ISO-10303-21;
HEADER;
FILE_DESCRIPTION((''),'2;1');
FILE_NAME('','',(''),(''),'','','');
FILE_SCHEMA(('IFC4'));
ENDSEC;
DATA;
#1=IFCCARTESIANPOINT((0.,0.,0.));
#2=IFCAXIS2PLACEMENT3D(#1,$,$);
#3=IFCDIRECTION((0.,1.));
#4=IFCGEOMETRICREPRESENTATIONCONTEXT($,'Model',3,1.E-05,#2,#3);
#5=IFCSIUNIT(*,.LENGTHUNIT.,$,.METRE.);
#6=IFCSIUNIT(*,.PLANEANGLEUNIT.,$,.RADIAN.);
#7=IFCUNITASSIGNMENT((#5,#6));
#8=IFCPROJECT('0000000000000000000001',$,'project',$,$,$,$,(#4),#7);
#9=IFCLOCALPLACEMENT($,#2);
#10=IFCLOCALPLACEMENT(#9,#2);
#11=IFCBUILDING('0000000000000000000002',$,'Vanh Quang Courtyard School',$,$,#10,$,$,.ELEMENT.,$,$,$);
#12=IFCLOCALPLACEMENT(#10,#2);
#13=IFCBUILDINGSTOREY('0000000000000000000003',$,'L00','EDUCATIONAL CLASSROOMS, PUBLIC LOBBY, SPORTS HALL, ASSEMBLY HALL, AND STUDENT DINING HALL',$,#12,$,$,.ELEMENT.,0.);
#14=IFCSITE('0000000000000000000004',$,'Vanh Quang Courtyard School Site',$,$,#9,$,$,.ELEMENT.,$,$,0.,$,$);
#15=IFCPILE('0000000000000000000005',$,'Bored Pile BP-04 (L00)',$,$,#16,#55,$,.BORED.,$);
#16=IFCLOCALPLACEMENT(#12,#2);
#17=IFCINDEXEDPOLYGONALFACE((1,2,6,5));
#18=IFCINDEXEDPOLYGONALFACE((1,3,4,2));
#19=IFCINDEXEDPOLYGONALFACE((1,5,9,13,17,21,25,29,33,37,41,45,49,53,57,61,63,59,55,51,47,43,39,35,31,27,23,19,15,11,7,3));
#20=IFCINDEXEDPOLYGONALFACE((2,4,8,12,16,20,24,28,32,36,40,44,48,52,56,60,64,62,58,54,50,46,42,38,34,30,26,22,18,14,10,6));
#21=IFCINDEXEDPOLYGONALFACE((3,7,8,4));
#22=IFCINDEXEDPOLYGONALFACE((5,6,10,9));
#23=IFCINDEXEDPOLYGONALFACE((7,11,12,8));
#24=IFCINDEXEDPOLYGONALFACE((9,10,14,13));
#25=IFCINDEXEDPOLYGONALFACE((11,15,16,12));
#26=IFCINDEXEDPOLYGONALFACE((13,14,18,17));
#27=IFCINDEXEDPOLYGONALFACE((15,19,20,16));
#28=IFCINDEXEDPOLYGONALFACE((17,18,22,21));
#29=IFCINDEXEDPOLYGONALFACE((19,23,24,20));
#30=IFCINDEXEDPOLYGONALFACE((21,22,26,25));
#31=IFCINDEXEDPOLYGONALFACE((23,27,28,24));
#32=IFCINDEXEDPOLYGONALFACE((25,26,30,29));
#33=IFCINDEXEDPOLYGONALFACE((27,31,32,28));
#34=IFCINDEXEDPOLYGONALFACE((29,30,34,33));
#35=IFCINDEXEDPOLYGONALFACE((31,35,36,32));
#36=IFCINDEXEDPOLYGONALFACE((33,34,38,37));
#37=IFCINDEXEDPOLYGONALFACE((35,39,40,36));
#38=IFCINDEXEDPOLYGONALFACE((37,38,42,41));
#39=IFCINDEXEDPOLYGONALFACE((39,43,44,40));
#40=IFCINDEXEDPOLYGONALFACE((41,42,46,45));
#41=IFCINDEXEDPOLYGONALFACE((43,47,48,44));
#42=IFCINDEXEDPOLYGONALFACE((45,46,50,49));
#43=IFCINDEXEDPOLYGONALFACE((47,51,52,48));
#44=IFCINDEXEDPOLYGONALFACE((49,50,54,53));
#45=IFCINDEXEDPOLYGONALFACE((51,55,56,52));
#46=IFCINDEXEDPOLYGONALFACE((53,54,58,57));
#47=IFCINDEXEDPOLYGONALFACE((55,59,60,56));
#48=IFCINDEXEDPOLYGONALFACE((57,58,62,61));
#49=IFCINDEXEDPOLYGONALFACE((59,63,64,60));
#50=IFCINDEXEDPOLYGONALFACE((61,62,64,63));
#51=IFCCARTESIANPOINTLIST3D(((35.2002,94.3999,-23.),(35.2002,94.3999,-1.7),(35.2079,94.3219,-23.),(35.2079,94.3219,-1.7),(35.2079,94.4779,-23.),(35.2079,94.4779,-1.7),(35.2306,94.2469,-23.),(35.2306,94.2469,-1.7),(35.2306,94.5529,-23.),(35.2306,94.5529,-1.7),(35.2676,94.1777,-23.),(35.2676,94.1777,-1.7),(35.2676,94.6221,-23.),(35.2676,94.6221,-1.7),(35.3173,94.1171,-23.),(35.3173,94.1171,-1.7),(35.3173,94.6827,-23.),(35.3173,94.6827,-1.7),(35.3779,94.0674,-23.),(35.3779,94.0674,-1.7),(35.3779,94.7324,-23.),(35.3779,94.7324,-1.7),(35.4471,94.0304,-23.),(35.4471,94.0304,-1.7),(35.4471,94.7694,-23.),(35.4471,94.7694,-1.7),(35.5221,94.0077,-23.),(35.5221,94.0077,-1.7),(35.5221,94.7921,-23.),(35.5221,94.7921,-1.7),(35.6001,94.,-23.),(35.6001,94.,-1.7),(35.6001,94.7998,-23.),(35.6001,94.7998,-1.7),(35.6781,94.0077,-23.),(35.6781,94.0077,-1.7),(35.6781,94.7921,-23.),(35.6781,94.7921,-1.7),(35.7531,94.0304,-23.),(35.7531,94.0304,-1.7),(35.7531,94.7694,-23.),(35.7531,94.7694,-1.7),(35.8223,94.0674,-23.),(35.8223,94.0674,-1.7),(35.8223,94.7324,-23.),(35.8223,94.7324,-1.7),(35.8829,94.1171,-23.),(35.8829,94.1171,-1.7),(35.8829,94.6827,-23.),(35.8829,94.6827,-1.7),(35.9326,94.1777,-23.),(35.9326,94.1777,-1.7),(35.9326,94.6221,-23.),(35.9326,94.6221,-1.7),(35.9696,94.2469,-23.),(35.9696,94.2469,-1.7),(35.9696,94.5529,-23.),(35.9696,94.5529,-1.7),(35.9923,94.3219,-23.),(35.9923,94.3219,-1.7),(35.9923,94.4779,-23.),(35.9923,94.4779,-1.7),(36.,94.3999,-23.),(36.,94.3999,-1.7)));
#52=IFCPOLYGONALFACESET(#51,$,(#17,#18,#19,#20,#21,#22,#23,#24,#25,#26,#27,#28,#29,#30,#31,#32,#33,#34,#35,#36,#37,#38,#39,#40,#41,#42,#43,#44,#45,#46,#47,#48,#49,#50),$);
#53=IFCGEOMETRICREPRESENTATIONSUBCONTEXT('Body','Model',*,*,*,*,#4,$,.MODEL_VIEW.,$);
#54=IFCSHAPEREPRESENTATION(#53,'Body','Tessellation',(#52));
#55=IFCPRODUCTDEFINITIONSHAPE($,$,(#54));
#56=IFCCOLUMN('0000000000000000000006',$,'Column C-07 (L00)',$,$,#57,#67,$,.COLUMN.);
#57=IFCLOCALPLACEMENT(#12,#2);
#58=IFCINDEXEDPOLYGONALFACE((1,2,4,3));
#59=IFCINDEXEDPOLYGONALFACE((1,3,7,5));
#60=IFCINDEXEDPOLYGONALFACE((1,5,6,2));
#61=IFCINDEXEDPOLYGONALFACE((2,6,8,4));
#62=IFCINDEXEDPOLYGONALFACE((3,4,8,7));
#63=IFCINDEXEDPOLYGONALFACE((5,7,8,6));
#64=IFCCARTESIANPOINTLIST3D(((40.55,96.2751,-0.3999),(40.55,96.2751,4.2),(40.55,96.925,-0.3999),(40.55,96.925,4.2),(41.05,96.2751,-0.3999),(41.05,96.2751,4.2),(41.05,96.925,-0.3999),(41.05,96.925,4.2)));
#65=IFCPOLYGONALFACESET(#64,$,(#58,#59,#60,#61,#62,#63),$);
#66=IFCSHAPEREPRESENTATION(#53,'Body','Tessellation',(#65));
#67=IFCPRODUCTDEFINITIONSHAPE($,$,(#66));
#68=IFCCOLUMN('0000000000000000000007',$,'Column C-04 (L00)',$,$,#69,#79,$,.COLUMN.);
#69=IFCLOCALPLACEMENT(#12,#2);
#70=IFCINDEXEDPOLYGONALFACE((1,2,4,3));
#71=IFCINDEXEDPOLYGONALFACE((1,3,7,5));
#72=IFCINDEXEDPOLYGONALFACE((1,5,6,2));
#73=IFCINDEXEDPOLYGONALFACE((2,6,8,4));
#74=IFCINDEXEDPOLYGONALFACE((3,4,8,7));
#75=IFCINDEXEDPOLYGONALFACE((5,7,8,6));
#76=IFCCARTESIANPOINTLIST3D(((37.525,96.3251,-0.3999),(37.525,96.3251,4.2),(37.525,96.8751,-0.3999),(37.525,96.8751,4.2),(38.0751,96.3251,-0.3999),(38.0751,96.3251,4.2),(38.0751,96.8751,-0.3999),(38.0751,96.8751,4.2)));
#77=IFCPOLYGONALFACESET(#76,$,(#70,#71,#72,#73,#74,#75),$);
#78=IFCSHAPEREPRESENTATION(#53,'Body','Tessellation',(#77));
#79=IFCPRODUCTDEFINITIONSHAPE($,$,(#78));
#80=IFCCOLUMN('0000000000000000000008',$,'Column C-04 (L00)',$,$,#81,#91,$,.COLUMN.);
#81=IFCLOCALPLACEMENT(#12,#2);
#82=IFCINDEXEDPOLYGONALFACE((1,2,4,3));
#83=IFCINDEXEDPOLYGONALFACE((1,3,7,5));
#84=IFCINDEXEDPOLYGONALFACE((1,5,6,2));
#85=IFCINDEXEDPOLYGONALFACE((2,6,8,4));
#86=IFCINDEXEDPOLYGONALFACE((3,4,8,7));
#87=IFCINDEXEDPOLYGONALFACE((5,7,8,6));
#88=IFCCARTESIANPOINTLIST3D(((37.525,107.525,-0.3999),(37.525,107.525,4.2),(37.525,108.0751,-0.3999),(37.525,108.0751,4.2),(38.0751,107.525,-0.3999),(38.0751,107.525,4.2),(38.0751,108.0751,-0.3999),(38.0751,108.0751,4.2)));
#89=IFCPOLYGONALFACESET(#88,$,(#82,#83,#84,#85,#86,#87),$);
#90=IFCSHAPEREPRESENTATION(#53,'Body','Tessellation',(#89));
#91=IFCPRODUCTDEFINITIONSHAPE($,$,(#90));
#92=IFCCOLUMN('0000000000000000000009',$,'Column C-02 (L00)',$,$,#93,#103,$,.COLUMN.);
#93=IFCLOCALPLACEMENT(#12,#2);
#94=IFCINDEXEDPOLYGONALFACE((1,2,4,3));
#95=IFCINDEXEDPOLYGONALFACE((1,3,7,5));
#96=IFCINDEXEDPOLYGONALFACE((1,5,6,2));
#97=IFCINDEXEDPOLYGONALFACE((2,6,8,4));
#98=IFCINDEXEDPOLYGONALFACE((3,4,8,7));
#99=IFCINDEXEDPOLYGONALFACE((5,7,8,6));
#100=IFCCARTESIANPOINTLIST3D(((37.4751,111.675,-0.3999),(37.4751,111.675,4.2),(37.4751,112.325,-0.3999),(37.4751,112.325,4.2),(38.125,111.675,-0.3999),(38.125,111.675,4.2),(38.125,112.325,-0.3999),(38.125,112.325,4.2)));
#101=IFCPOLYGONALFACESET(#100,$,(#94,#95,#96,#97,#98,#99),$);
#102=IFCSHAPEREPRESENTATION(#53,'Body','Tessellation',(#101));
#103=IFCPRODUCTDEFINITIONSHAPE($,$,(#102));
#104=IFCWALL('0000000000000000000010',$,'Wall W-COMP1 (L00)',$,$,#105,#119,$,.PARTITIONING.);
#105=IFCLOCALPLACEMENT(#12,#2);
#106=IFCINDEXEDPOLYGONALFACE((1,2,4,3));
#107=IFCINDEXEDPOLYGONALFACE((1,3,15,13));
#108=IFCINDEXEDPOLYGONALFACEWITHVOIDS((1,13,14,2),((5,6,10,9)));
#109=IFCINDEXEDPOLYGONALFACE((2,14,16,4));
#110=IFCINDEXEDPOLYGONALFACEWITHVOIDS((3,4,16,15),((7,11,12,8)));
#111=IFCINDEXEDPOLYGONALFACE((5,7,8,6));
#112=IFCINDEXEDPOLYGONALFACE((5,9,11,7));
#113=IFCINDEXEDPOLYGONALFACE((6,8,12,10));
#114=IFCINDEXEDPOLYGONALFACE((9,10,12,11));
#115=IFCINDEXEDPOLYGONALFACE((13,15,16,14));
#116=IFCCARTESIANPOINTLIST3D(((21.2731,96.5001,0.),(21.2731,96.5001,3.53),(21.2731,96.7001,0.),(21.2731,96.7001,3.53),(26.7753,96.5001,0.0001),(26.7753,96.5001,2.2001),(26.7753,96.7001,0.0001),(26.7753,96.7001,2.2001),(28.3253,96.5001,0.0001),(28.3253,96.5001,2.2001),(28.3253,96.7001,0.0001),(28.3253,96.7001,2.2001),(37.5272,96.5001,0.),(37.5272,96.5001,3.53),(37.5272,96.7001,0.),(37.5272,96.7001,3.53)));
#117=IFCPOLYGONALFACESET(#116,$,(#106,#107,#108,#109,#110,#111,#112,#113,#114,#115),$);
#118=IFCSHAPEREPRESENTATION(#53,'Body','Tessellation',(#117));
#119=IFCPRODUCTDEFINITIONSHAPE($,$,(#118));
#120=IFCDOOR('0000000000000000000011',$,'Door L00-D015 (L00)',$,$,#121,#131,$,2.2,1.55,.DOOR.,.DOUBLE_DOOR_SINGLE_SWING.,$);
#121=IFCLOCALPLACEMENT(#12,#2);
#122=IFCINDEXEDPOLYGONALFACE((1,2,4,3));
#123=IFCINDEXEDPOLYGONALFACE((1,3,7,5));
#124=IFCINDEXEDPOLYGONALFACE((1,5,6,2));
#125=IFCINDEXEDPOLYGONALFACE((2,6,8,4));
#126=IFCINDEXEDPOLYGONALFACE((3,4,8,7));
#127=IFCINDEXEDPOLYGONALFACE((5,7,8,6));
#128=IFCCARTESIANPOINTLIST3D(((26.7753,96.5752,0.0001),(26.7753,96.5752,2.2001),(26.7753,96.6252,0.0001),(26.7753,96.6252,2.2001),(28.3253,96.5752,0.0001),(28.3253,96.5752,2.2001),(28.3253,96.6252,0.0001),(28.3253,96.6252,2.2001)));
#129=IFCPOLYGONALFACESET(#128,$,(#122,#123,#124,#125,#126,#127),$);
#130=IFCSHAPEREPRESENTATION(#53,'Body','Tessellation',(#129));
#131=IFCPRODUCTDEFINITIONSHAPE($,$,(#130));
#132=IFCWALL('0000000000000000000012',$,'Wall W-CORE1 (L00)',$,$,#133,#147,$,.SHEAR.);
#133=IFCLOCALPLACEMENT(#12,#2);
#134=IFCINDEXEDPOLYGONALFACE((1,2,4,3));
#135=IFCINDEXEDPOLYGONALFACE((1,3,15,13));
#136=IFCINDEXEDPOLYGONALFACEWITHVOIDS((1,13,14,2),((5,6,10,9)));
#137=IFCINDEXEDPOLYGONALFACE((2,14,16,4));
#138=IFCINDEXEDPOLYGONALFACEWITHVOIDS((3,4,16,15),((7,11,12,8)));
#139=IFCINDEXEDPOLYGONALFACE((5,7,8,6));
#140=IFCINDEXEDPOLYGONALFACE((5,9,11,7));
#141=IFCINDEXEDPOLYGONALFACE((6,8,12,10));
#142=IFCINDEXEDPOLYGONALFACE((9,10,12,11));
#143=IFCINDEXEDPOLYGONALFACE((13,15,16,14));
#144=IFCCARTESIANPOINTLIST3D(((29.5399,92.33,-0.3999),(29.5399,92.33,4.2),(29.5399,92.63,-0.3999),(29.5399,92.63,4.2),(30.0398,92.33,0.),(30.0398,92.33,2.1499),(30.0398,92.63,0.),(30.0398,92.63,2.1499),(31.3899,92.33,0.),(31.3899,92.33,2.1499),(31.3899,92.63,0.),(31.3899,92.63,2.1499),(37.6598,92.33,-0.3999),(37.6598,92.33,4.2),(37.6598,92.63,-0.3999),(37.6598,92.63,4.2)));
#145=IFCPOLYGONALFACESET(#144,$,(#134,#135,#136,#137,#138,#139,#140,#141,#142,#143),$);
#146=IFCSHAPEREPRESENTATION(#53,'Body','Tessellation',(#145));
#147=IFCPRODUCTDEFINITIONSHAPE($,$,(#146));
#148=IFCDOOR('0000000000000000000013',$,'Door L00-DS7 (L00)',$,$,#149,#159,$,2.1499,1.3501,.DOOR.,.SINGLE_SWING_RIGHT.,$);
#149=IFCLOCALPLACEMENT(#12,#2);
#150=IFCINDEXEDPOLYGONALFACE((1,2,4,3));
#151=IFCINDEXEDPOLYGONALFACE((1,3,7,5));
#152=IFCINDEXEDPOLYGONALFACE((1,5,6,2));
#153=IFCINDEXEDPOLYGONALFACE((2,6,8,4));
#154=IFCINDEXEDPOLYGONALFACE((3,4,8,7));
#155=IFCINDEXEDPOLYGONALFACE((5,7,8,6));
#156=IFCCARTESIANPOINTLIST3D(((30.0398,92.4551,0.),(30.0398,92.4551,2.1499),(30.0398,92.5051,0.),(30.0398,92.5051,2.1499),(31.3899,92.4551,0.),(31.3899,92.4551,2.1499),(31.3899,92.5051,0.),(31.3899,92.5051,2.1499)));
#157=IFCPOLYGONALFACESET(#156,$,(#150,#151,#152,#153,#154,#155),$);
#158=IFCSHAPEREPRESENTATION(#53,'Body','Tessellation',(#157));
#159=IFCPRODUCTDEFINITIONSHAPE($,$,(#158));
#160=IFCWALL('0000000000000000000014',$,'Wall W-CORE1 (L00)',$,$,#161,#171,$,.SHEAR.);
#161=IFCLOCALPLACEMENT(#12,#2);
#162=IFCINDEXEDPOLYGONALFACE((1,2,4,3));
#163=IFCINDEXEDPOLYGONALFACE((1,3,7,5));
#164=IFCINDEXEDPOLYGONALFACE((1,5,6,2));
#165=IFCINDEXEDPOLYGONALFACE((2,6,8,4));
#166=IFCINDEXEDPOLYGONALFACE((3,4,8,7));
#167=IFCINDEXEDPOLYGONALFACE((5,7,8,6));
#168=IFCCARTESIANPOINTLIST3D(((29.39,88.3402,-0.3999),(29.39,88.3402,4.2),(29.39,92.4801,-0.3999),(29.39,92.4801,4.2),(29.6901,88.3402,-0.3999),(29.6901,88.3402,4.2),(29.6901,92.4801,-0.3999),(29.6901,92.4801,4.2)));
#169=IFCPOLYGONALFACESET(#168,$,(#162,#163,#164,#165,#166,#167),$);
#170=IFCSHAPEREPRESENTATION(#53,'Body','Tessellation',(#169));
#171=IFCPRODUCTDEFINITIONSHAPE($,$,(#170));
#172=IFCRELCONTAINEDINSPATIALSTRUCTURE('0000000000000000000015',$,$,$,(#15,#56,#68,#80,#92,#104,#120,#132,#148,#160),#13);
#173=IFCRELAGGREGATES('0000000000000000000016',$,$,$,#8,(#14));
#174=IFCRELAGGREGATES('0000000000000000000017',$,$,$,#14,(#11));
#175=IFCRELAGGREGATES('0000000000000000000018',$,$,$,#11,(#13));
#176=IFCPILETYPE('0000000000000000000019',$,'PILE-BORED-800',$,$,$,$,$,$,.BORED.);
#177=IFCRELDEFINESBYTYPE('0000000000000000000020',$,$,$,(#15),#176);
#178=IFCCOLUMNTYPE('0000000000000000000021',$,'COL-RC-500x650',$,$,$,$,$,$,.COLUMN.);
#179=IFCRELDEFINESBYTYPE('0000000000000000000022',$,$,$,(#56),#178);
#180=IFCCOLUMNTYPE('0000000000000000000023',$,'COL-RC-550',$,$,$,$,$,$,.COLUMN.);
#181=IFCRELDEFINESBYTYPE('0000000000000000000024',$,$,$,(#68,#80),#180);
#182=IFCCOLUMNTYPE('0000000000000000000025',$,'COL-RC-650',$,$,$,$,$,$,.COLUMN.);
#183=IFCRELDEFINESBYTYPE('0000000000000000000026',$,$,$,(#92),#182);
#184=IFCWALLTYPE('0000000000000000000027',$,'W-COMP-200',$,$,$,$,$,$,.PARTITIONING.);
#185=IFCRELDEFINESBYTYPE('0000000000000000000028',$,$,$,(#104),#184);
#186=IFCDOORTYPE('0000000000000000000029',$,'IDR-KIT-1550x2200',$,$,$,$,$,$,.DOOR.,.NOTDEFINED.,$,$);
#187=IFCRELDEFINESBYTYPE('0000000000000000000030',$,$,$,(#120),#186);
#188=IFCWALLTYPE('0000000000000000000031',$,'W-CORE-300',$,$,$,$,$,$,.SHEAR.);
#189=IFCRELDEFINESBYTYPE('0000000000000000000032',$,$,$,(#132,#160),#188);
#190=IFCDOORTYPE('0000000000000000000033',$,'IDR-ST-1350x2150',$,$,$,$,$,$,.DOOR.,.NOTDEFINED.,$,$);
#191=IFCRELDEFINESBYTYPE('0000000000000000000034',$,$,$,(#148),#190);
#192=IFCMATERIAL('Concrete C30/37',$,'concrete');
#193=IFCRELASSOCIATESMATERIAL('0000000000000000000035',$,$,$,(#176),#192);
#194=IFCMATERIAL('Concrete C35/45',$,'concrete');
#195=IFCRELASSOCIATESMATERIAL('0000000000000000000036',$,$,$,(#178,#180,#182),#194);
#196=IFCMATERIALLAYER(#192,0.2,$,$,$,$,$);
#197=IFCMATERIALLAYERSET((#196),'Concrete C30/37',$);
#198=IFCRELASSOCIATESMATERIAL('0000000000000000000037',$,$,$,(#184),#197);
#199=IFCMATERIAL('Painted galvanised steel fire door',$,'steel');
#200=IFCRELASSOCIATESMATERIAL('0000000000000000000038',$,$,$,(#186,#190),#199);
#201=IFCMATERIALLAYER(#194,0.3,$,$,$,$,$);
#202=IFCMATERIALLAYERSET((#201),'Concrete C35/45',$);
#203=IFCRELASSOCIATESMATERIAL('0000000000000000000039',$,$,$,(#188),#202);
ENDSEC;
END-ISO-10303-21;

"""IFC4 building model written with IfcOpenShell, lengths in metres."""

from ifc_helpers import new_model, si_unit, direction, frame, frame_2d, origin, origin_2d, place, context, subcontext, project, spatial, rectangle, circle, extrude, material, layer, layer_set, material_profile, profile_set, type_object, element, fill, save


model = new_model("IFC4")

# Units and contexts
model_context = context("Model", 3, precision=1e-05, world=origin(), true_north=direction((0.0, 1.0)))
body_context = subcontext(model_context, "Body", "Model", "MODEL_VIEW")
ifc_project = project(units=[si_unit("LENGTHUNIT", "METRE"), si_unit("PLANEANGLEUNIT", "RADIAN")], contexts=[model_context])

# Site, building, storey
site_placement = place(None, origin())
site = spatial("IfcSite", under=ifc_project, at=site_placement, Name="Vanh Quang Courtyard School Site", CompositionType="ELEMENT", RefElevation=0.0)
building_placement = place(site_placement, origin())
building = spatial("IfcBuilding", under=site, at=building_placement, Name="Vanh Quang Courtyard School", CompositionType="ELEMENT")
storey_placement = place(building_placement, origin())
storey = spatial("IfcBuildingStorey", under=building, at=storey_placement, Name="L00", Description="EDUCATIONAL CLASSROOMS, PUBLIC LOBBY, SPORTS HALL, ASSEMBLY HALL, AND STUDENT DINING HALL", CompositionType="ELEMENT", Elevation=0.0)

# Shared definitions
ifc_material_1 = material(Name="Concrete C35/45", Category="concrete")

# Pile
ifc_material_2 = material(Name="Concrete C30/37", Category="concrete")
ifc_material_profile_1 = material_profile(ifc_material_2, circle(Radius=0.3999, at=origin_2d()), Name="PILE D800")
ifc_profile_set_1 = profile_set([ifc_material_profile_1], Name="Concrete C30/37")
pile_type_1 = type_object("IfcPileType", Name="PILE-BORED-800", PredefinedType="BORED", material=ifc_profile_set_1)
for number, where, z_axis, x_axis, name in (
    (1, (35.6001, 94.3999, -1.7), (0.0, 0.0, -1.0), (1.0, 0.0, 0.0), "Bored Pile BP-04 (L00)"),
):
    element("IfcPile", number, at=place(storey_placement, frame(where, z_axis=z_axis, x_axis=x_axis)), inside=storey, type_object=pile_type_1, Name=name, PredefinedType="BORED", context=body_context, shape_type="SweptSolid", body=[
        extrude(circle(Radius=0.3999, at=origin_2d()), origin(), (0.0, 0.0, 1.0), 21.3),
    ])

# Columns
ifc_material_profile_2 = material_profile(ifc_material_1, rectangle(XDim=0.5, YDim=0.6499, at=origin_2d()), Name="RC-COL 500x650")
ifc_profile_set_2 = profile_set([ifc_material_profile_2], Name="Concrete C35/45")
column_type_1 = type_object("IfcColumnType", Name="COL-RC-500x650", PredefinedType="COLUMN", material=ifc_profile_set_2)
column_1_placement = place(storey_placement, frame((40.8, 96.6001, -0.3999), z_axis=(0.0, 0.0, 1.0), x_axis=(1.0, 0.0, 0.0)))
element("IfcColumn", 2, at=column_1_placement, inside=storey, type_object=column_type_1, Name="Column C-07 (L00)", PredefinedType="COLUMN", context=body_context, shape_type="SweptSolid", body=[
    extrude(rectangle(XDim=0.5, YDim=0.6499, at=origin_2d()), origin(), (0.0, 0.0, 1.0), 4.5999),
])
ifc_material_profile_3 = material_profile(ifc_material_1, rectangle(XDim=0.55, YDim=0.55, at=origin_2d()), Name="RC-COL 550x550")
ifc_profile_set_3 = profile_set([ifc_material_profile_3], Name="Concrete C35/45")
column_type_2 = type_object("IfcColumnType", Name="COL-RC-550", PredefinedType="COLUMN", material=ifc_profile_set_3)
for number, where, z_axis, x_axis, name in (
    (3, (37.8, 96.6001, -0.3999), (0.0, 0.0, 1.0), (1.0, 0.0, 0.0), "Column C-04 (L00)"),
    (4, (37.8, 107.8, -0.3999), (0.0, 0.0, 1.0), (1.0, 0.0, 0.0), "Column C-04 (L00)"),
):
    element("IfcColumn", number, at=place(storey_placement, frame(where, z_axis=z_axis, x_axis=x_axis)), inside=storey, type_object=column_type_2, Name=name, PredefinedType="COLUMN", context=body_context, shape_type="SweptSolid", body=[
        extrude(rectangle(XDim=0.55, YDim=0.55, at=origin_2d()), origin(), (0.0, 0.0, 1.0), 4.5999),
    ])
ifc_material_profile_4 = material_profile(ifc_material_1, rectangle(XDim=0.6499, YDim=0.6499, at=origin_2d()), Name="RC-COL 650x650")
ifc_profile_set_4 = profile_set([ifc_material_profile_4], Name="Concrete C35/45")
column_type_3 = type_object("IfcColumnType", Name="COL-RC-650", PredefinedType="COLUMN", material=ifc_profile_set_4)
column_2_placement = place(storey_placement, frame((37.8, 112.0, -0.3999), z_axis=(0.0, 0.0, 1.0), x_axis=(1.0, 0.0, 0.0)))
element("IfcColumn", 5, at=column_2_placement, inside=storey, type_object=column_type_3, Name="Column C-02 (L00)", PredefinedType="COLUMN", context=body_context, shape_type="SweptSolid", body=[
    extrude(rectangle(XDim=0.6499, YDim=0.6499, at=origin_2d()), origin(), (0.0, 0.0, 1.0), 4.5999),
])

# Walls, openings, doors
ifc_layer_1 = layer(ifc_material_2, 0.2)
ifc_layer_set_1 = layer_set([ifc_layer_1], Name="Concrete C30/37")
wall_type_1 = type_object("IfcWallType", Name="W-COMP-200", PredefinedType="PARTITIONING", material=ifc_layer_set_1)
wall_1_placement = place(storey_placement, frame((37.5271, 96.6001, 0.0), z_axis=(0.0, 0.0, 1.0), x_axis=(-1.0, 0.0, 0.0)))
wall_1 = element("IfcWall", 6, at=wall_1_placement, inside=storey, type_object=wall_type_1, Name="Wall W-COMP1 (L00)", PredefinedType="PARTITIONING", context=body_context, shape_type="SweptSolid", body=[
    extrude(rectangle(XDim=16.2542, YDim=0.2, at=frame_2d((8.127, 0.0))), origin(), (0.0, 0.0, 1.0), 3.53),
])
opening_1_placement = place(wall_1_placement, frame((9.2019, 0.0, 0.0)))
opening_1 = element("IfcOpeningElement", 7, at=opening_1_placement, cuts=wall_1, PredefinedType="OPENING", context=body_context, shape_type="SweptSolid", body=[
    extrude(rectangle(XDim=1.55, YDim=2.2, at=frame_2d((0.7749, 1.1001))), frame((0.0, 0.1099, 0.0), z_axis=(0.0, -1.0, 0.0), x_axis=(1.0, 0.0, 0.0)), (0.0, 0.0, 1.0), 0.22),
])
ifc_material_3 = material(Name="Painted galvanised steel fire door", Category="steel")
door_type_1 = type_object("IfcDoorType", Name="IDR-KIT-1550x2200", OperationType="NOTDEFINED", PredefinedType="DOOR", material=ifc_material_3)
door_1_placement = place(opening_1_placement, origin())
door_1 = element("IfcDoor", 8, at=door_1_placement, inside=storey, type_object=door_type_1, Name="Door L00-D015 (L00)", OperationType="DOUBLE_DOOR_SINGLE_SWING", OverallHeight=2.2, OverallWidth=1.55, PredefinedType="DOOR", context=body_context, shape_type="SweptSolid", body=[
    extrude(rectangle(XDim=1.55, YDim=2.2, at=frame_2d((0.7749, 1.1001))), frame((0.0, 0.0249, 0.0), z_axis=(0.0, -1.0, 0.0), x_axis=(1.0, 0.0, 0.0)), (0.0, 0.0, 1.0), 0.05),
])
fill(opening_1, door_1)
ifc_layer_2 = layer(ifc_material_1, 0.3)
ifc_layer_set_2 = layer_set([ifc_layer_2], Name="Concrete C35/45")
wall_type_2 = type_object("IfcWallType", Name="W-CORE-300", PredefinedType="SHEAR", material=ifc_layer_set_2)
wall_2_placement = place(storey_placement, frame((37.6599, 92.48, -0.3999), z_axis=(0.0, 0.0, 1.0), x_axis=(-1.0, 0.0, 0.0)))
wall_2 = element("IfcWall", 9, at=wall_2_placement, inside=storey, type_object=wall_type_2, Name="Wall W-CORE1 (L00)", PredefinedType="SHEAR", context=body_context, shape_type="SweptSolid", body=[
    extrude(rectangle(XDim=8.1199, YDim=0.3, at=frame_2d((4.0601, 0.0))), origin(), (0.0, 0.0, 1.0), 4.5999),
])
opening_2_placement = place(wall_2_placement, frame((6.27, 0.0, 0.3999)))
opening_2 = element("IfcOpeningElement", 10, at=opening_2_placement, cuts=wall_2, PredefinedType="OPENING", context=body_context, shape_type="SweptSolid", body=[
    extrude(rectangle(XDim=1.3501, YDim=2.1499, at=frame_2d((0.675, 1.075))), frame((0.0, 0.1602, 0.0), z_axis=(0.0, -1.0, 0.0), x_axis=(1.0, 0.0, 0.0)), (0.0, 0.0, 1.0), 0.3201),
])
door_type_2 = type_object("IfcDoorType", Name="IDR-ST-1350x2150", OperationType="NOTDEFINED", PredefinedType="DOOR", material=ifc_material_3)
door_2_placement = place(opening_2_placement, origin())
door_2 = element("IfcDoor", 11, at=door_2_placement, inside=storey, type_object=door_type_2, Name="Door L00-DS7 (L00)", OperationType="SINGLE_SWING_RIGHT", OverallHeight=2.1499, OverallWidth=1.3501, PredefinedType="DOOR", context=body_context, shape_type="SweptSolid", body=[
    extrude(rectangle(XDim=1.3501, YDim=2.1499, at=frame_2d((0.675, 1.075))), frame((0.0, 0.0249, 0.0), z_axis=(0.0, -1.0, 0.0), x_axis=(1.0, 0.0, 0.0)), (0.0, 0.0, 1.0), 0.05),
])
fill(opening_2, door_2)

# Wall
wall_3_placement = place(storey_placement, frame((29.54, 92.48, -0.3999), z_axis=(0.0, 0.0, 1.0), x_axis=(0.0, -1.0, 0.0)))
element("IfcWall", 12, at=wall_3_placement, inside=storey, type_object=wall_type_2, Name="Wall W-CORE1 (L00)", PredefinedType="SHEAR", context=body_context, shape_type="SweptSolid", body=[
    extrude(rectangle(XDim=4.1399, YDim=0.3, at=frame_2d((2.0698, 0.0))), origin(), (0.0, 0.0, 1.0), 4.5999),
])

save(model, "model.ifc")
